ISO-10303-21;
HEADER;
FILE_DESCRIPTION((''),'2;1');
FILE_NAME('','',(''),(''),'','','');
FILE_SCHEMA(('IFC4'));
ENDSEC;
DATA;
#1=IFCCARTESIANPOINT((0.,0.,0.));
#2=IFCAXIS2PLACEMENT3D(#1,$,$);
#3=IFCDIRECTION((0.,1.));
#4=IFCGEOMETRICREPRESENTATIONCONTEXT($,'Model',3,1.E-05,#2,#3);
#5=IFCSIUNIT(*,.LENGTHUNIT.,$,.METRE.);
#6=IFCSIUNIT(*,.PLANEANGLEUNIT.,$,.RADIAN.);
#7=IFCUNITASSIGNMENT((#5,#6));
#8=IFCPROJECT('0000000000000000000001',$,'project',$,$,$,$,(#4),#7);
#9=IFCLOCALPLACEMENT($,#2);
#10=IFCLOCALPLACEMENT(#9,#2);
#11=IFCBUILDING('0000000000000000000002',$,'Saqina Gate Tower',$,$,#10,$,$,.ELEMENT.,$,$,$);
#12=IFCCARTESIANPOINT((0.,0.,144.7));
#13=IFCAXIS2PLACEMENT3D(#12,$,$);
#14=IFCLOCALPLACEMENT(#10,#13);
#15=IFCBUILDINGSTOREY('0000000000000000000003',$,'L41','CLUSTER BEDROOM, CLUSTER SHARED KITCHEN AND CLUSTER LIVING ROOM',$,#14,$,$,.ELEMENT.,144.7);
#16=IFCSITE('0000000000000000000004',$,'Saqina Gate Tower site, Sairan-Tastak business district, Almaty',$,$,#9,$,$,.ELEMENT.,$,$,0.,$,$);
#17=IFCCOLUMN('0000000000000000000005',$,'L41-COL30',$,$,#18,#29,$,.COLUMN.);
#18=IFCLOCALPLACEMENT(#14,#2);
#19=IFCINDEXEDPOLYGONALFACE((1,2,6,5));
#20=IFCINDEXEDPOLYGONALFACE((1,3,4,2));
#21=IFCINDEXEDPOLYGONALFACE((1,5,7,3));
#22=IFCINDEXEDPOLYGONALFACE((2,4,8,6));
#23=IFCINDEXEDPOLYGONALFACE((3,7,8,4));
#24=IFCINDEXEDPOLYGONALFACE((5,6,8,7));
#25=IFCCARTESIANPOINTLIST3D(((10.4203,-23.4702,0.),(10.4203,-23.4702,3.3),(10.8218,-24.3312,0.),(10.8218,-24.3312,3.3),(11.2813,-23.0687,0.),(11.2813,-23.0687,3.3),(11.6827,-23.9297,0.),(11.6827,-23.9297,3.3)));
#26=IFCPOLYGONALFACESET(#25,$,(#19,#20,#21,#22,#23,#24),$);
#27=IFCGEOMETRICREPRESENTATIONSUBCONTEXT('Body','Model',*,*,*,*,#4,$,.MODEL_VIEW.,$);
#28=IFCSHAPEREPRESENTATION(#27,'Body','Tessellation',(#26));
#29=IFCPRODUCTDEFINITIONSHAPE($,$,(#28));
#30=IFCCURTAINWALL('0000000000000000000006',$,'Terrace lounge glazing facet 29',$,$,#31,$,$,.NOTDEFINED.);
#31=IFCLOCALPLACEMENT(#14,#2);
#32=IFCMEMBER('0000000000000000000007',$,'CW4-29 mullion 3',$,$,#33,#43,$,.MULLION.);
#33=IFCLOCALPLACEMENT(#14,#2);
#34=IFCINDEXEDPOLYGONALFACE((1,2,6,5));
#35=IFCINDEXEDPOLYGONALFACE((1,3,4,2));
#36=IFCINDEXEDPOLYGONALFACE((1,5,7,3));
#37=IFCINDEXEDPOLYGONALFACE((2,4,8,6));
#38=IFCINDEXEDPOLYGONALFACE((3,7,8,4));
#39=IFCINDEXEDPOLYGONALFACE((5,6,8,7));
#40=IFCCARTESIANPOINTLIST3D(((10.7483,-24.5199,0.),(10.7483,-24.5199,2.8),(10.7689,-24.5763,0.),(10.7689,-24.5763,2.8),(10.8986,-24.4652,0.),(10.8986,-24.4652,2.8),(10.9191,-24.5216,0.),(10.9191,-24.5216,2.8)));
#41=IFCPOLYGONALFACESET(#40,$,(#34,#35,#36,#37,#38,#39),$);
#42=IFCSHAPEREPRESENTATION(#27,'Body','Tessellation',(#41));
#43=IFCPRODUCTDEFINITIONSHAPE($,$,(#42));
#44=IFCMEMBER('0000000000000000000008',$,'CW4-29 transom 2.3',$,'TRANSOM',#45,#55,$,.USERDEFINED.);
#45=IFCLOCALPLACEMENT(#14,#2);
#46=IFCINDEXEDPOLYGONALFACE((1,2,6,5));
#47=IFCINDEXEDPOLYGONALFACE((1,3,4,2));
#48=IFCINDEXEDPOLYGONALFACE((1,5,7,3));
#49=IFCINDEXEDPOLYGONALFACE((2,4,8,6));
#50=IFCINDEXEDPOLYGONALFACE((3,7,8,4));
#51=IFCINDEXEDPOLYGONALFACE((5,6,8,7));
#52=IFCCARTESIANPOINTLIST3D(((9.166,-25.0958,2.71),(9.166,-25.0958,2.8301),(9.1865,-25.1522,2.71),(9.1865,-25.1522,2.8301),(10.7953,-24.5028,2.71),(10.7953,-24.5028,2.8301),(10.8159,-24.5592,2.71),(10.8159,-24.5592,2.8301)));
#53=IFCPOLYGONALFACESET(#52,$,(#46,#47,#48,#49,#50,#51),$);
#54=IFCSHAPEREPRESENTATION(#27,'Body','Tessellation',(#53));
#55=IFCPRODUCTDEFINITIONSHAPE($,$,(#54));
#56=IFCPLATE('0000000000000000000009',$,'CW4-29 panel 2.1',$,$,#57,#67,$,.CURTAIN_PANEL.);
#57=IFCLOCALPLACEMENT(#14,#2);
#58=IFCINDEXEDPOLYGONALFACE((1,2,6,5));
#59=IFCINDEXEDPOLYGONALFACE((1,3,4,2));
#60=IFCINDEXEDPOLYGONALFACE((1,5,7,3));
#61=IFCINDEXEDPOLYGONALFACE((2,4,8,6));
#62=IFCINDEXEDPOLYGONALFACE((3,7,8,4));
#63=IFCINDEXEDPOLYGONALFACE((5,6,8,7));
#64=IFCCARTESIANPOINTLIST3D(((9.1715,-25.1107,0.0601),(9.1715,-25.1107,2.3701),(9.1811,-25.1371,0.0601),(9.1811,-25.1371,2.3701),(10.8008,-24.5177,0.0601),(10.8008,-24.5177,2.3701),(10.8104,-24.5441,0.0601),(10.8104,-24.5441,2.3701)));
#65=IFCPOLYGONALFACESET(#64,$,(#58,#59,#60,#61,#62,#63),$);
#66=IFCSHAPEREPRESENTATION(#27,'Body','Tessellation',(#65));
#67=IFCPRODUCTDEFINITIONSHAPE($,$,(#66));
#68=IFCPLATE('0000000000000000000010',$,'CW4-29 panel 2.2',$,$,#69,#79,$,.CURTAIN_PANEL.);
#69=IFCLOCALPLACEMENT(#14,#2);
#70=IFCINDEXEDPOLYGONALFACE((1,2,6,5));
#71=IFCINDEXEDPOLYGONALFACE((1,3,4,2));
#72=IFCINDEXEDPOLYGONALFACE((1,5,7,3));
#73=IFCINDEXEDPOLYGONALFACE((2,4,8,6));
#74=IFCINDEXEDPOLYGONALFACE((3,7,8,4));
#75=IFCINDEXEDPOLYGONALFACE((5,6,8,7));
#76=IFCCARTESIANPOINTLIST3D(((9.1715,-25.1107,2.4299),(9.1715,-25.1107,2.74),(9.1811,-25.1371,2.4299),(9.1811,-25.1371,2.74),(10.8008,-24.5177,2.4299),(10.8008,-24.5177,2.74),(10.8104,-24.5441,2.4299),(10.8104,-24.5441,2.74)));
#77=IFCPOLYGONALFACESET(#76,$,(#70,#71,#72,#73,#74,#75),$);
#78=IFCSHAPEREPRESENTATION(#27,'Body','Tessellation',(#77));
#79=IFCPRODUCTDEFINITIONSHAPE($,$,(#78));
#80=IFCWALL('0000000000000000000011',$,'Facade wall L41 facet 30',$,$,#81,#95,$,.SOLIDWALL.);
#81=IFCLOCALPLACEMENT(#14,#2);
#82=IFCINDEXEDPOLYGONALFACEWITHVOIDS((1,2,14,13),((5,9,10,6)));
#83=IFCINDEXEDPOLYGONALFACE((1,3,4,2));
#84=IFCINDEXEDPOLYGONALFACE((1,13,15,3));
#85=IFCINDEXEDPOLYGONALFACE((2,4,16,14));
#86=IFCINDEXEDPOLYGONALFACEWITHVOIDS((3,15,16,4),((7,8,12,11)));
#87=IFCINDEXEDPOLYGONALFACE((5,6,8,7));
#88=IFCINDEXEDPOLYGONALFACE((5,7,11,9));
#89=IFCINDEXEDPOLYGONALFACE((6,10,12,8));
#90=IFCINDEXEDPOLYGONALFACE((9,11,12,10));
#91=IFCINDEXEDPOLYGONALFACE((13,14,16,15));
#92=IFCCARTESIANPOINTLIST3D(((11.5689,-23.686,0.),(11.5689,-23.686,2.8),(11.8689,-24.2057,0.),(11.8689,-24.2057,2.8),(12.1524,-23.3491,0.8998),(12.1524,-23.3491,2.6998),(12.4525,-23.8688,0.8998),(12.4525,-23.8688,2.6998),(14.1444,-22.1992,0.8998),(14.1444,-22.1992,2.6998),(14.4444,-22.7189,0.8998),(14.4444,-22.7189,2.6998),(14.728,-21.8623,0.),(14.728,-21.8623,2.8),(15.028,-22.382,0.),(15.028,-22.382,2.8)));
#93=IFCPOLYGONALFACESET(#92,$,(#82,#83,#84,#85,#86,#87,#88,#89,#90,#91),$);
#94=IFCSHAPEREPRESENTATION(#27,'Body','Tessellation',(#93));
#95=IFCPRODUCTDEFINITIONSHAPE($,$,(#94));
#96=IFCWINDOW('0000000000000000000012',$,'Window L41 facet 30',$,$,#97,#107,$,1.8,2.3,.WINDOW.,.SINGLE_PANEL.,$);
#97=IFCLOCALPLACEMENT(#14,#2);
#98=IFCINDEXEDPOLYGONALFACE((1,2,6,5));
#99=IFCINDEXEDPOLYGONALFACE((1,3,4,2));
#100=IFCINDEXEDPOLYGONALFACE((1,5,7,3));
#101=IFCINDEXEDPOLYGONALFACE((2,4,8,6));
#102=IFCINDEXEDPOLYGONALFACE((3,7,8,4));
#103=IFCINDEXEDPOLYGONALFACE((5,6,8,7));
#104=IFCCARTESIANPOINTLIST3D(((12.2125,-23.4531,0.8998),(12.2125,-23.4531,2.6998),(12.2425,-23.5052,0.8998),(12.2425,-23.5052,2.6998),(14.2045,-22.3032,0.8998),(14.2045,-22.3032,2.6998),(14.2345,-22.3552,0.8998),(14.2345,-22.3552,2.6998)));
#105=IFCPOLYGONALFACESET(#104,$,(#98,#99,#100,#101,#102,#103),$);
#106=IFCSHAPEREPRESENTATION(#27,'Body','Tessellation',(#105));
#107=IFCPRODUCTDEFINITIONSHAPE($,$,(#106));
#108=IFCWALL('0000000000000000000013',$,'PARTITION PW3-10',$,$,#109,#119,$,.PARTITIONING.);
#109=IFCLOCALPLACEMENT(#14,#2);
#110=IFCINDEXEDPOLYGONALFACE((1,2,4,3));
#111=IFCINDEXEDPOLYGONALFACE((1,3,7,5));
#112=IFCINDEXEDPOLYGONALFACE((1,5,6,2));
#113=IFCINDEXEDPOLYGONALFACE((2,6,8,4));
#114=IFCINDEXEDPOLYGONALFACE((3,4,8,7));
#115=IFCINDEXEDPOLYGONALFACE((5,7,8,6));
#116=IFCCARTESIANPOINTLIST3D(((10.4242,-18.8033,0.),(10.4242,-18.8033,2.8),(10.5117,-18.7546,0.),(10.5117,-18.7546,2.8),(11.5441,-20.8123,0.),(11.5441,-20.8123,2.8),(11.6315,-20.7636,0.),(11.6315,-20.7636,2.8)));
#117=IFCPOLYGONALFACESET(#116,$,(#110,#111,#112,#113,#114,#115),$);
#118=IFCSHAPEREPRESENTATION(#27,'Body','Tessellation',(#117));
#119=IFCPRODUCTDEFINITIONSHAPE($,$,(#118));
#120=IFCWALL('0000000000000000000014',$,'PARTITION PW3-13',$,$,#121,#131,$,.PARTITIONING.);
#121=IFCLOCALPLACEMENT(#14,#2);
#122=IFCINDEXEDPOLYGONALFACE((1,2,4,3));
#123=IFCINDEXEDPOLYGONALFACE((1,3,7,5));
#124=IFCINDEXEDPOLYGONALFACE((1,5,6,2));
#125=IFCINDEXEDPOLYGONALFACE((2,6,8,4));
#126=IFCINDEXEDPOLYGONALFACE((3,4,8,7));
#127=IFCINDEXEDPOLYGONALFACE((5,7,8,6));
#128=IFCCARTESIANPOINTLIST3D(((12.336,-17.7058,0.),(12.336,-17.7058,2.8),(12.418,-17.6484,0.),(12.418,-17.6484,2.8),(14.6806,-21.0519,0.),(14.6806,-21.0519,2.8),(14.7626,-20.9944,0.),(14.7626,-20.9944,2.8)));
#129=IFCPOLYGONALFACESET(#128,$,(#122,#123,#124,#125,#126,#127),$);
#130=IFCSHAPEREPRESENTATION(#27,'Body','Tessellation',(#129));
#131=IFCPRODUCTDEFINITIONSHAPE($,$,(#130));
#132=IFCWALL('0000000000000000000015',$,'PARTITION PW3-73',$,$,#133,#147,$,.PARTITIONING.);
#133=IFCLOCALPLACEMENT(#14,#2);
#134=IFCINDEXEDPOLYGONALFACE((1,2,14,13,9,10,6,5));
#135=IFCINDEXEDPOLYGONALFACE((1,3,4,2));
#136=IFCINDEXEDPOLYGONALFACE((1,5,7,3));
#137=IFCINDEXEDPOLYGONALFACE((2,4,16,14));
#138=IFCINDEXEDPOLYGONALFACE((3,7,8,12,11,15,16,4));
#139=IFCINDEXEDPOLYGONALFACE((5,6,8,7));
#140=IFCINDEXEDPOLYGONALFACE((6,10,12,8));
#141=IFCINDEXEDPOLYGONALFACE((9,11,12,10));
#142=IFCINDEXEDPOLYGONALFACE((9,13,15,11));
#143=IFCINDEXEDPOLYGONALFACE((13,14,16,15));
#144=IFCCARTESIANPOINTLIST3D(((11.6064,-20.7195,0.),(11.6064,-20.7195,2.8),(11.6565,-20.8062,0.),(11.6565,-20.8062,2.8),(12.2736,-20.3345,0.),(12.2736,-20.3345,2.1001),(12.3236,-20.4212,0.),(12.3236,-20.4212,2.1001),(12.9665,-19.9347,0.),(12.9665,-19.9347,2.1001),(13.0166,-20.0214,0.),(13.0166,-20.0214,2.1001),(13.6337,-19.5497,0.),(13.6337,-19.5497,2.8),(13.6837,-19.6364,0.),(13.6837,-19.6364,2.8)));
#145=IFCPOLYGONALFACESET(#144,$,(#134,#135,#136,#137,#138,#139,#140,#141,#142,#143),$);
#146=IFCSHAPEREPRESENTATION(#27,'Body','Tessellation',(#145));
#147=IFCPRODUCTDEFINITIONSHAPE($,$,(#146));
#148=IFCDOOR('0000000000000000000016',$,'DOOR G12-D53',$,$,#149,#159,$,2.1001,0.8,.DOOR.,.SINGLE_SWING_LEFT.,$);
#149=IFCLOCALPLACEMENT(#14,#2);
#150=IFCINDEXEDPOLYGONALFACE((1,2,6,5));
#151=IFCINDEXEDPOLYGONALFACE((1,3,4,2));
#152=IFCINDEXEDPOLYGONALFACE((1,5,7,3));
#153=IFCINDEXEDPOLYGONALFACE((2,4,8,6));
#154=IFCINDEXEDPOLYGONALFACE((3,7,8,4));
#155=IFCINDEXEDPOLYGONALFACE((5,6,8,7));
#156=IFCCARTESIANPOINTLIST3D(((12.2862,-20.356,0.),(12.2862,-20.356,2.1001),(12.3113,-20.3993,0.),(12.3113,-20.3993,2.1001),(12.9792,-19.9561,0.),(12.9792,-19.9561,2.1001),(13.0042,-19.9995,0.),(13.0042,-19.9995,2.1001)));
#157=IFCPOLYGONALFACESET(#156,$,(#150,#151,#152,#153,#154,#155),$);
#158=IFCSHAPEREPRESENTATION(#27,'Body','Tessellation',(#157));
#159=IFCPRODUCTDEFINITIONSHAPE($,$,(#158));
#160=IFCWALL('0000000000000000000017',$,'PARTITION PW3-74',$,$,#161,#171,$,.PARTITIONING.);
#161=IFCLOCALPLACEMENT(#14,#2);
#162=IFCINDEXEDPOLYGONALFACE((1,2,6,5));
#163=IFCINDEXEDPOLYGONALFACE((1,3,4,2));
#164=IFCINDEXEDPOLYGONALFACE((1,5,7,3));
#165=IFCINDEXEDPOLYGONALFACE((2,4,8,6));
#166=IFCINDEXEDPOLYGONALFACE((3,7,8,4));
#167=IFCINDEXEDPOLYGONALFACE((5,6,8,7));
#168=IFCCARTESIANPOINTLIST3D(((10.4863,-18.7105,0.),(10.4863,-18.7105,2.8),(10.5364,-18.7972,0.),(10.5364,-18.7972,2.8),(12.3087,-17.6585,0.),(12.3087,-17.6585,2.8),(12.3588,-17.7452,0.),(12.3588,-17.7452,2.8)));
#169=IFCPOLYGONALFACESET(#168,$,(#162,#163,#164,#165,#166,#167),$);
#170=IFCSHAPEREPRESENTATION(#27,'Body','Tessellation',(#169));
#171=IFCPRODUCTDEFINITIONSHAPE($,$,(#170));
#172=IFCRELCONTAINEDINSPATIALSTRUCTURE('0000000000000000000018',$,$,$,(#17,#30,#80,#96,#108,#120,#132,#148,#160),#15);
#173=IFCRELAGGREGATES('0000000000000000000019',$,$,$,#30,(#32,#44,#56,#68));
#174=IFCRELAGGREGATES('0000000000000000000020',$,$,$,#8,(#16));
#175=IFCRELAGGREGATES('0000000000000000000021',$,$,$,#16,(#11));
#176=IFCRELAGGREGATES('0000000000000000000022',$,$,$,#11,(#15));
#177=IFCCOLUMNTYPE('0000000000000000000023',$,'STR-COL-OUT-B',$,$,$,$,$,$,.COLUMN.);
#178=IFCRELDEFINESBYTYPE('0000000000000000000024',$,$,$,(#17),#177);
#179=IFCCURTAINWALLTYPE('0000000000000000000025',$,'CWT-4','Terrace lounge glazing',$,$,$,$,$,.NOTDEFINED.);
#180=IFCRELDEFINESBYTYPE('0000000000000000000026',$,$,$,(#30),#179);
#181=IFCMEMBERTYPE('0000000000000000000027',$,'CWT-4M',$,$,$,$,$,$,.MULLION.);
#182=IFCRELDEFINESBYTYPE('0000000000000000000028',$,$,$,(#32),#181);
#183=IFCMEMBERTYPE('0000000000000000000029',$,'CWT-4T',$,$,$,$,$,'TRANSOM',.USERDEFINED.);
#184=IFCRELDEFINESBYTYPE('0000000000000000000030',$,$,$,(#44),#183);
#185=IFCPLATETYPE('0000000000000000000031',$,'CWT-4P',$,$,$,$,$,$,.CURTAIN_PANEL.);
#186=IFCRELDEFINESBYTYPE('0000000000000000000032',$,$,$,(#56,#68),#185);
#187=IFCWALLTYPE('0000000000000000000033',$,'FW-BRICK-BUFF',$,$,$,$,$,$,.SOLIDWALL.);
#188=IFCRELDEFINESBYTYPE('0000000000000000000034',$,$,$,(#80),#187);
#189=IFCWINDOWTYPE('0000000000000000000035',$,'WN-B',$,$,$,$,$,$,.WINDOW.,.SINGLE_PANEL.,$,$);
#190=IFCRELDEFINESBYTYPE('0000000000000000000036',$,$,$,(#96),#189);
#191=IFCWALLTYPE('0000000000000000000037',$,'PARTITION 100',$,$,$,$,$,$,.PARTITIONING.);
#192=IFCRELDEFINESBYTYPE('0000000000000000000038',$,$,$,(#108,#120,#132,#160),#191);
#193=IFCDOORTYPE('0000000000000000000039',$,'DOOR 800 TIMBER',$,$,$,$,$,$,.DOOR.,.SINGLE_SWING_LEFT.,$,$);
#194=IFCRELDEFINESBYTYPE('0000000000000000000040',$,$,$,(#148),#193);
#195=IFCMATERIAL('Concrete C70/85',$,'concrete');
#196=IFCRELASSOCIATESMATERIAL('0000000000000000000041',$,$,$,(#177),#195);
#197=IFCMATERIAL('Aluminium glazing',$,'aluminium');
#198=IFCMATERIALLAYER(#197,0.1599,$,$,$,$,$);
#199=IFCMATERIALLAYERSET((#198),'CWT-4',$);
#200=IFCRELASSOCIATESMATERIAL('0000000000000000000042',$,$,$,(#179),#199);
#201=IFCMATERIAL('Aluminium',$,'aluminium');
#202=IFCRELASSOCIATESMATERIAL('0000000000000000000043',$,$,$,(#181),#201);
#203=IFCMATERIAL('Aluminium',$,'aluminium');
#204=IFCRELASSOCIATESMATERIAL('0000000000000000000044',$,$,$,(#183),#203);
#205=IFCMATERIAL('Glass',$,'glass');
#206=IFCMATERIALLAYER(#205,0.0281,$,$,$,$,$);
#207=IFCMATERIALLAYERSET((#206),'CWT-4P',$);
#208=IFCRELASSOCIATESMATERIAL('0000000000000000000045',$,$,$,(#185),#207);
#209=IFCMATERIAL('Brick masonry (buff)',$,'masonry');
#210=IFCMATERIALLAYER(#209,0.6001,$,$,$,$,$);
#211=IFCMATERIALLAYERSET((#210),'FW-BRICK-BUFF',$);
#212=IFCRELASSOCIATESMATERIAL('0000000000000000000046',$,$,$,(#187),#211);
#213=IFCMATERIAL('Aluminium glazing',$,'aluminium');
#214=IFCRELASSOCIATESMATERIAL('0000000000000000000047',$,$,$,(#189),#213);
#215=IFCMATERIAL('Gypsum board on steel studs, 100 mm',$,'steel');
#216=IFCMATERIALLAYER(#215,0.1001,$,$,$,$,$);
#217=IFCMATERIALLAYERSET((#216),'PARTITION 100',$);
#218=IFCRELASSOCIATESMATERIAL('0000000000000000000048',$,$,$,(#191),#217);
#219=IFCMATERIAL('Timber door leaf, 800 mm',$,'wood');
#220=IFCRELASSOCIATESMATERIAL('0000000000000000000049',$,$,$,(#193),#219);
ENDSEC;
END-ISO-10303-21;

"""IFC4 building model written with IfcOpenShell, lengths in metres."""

from ifc_helpers import new_model, si_unit, direction, frame, frame_2d, origin, origin_2d, place, context, subcontext, project, spatial, rectangle, extrude, material, layer, layer_set, material_profile, profile_set, type_object, element, fill, aggregate, save


model = new_model("IFC4")

# Units and contexts
model_context = context("Model", 3, precision=1e-05, world=origin(), true_north=direction((0.0, 1.0)))
body_context = subcontext(model_context, "Body", "Model", "MODEL_VIEW")
ifc_project = project(units=[si_unit("LENGTHUNIT", "METRE"), si_unit("PLANEANGLEUNIT", "RADIAN")], contexts=[model_context])

# Site, building, storey
site_placement = place(None, origin())
site = spatial("IfcSite", under=ifc_project, at=site_placement, Name="Saqina Gate Tower site, Sairan-Tastak business district, Almaty", CompositionType="ELEMENT", RefElevation=0.0)
building_placement = place(site_placement, origin())
building = spatial("IfcBuilding", under=site, at=building_placement, Name="Saqina Gate Tower", CompositionType="ELEMENT")
storey_placement = place(building_placement, frame((0.0, 0.0, 144.7)))
storey = spatial("IfcBuildingStorey", under=building, at=storey_placement, Name="L41", Description="CLUSTER BEDROOM, CLUSTER SHARED KITCHEN AND CLUSTER LIVING ROOM", CompositionType="ELEMENT", Elevation=144.7)

# Column
ifc_material_1 = material(Name="Concrete C70/85", Category="concrete")
ifc_material_profile_1 = material_profile(ifc_material_1, rectangle(XDim=0.95, YDim=0.95, at=origin_2d()), Name="RC 950x950")
ifc_profile_set_1 = profile_set([ifc_material_profile_1], Name="Concrete C70/85")
column_type = type_object("IfcColumnType", Name="STR-COL-OUT-B", PredefinedType="COLUMN", material=ifc_profile_set_1)
column_placement = place(storey_placement, frame((11.0515, -23.7, 0.0), z_axis=(0.0, 0.0, 1.0), x_axis=(0.422618, -0.906308, 0.0)))
element("IfcColumn", 1, at=column_placement, inside=storey, type_object=column_type, Name="L41-COL30", PredefinedType="COLUMN", context=body_context, shape_type="SweptSolid", body=[
    extrude(rectangle(XDim=0.95, YDim=0.95, at=origin_2d()), origin(), (0.0, 0.0, 1.0), 3.3),
])

# Curtain wall, members, plates
ifc_material_2 = material(Name="Aluminium glazing", Category="aluminium")
ifc_layer_1 = layer(ifc_material_2, 0.1599)
ifc_layer_set_1 = layer_set([ifc_layer_1], Name="CWT-4")
curtain_wall_type = type_object("IfcCurtainWallType", Name="CWT-4", Description="Terrace lounge glazing", PredefinedType="NOTDEFINED", material=ifc_layer_set_1)
curtain_wall_placement = place(storey_placement, origin())
curtain_wall = element("IfcCurtainWall", 2, at=curtain_wall_placement, inside=storey, type_object=curtain_wall_type, Name="Terrace lounge glazing facet 29", PredefinedType="NOTDEFINED")
ifc_material_3 = material(Name="Aluminium", Category="aluminium")
ifc_material_profile_2 = material_profile(ifc_material_3, rectangle(XDim=0.0601, YDim=0.1599, at=origin_2d()), Name="Aluminium 60x160")
ifc_profile_set_2 = profile_set([ifc_material_profile_2], Name="Aluminium")
member_type_1 = type_object("IfcMemberType", Name="CWT-4M", PredefinedType="MULLION", material=ifc_profile_set_2)
member_1_placement = place(storey_placement, frame((10.8337, -24.5208, 0.0), z_axis=(0.0, 0.0, 1.0), x_axis=(-0.342016, 0.939694, 0.0)))
member_1 = element("IfcMember", 3, at=member_1_placement, type_object=member_type_1, Name="CW4-29 mullion 3", PredefinedType="MULLION", context=body_context, shape_type="SweptSolid", body=[
    extrude(rectangle(XDim=0.0601, YDim=0.1599, at=origin_2d()), origin(), (0.0, 0.0, 1.0), 2.8),
])
ifc_material_4 = material(Name="Aluminium", Category="aluminium")
ifc_material_profile_3 = material_profile(ifc_material_4, rectangle(XDim=0.0601, YDim=0.1201, at=origin_2d()), Name="Aluminium 60x120")
ifc_profile_set_3 = profile_set([ifc_material_profile_3], Name="Aluminium")
member_type_2 = type_object("IfcMemberType", Name="CWT-4T", ElementType="TRANSOM", PredefinedType="USERDEFINED", material=ifc_profile_set_3)
member_2_placement = place(storey_placement, frame((9.1763, -25.124, 2.77), z_axis=(0.939699, 0.342003, 0.0), x_axis=(-0.342003, 0.939699, 0.0)))
member_2 = element("IfcMember", 4, at=member_2_placement, type_object=member_type_2, Name="CW4-29 transom 2.3", ObjectType="TRANSOM", PredefinedType="USERDEFINED", context=body_context, shape_type="SweptSolid", body=[
    extrude(rectangle(XDim=0.0601, YDim=0.1201, at=origin_2d()), origin(), (0.0, 0.0, 1.0), 1.7339),
])
ifc_material_5 = material(Name="Glass", Category="glass")
ifc_layer_2 = layer(ifc_material_5, 0.0281)
ifc_layer_set_2 = layer_set([ifc_layer_2], Name="CWT-4P")
plate_type = type_object("IfcPlateType", Name="CWT-4P", PredefinedType="CURTAIN_PANEL", material=ifc_layer_set_2)
plate_1_placement = place(storey_placement, frame((9.991, -24.8274, 0.0601), z_axis=(0.0, 0.0, 1.0), x_axis=(0.939694, 0.342016, 0.0)))
plate_1 = element("IfcPlate", 5, at=plate_1_placement, type_object=plate_type, Name="CW4-29 panel 2.1", PredefinedType="CURTAIN_PANEL", context=body_context, shape_type="SweptSolid", body=[
    extrude(rectangle(XDim=1.7339, YDim=0.0281, at=origin_2d()), origin(), (0.0, 0.0, 1.0), 2.3101),
])
plate_2_placement = place(storey_placement, frame((9.991, -24.8274, 2.4299), z_axis=(0.0, 0.0, 1.0), x_axis=(0.939694, 0.342016, 0.0)))
plate_2 = element("IfcPlate", 6, at=plate_2_placement, type_object=plate_type, Name="CW4-29 panel 2.2", PredefinedType="CURTAIN_PANEL", context=body_context, shape_type="SweptSolid", body=[
    extrude(rectangle(XDim=1.7339, YDim=0.0281, at=origin_2d()), origin(), (0.0, 0.0, 1.0), 0.3101),
])
aggregate(curtain_wall, [member_1, member_2, plate_1, plate_2])

# Wall, opening, window
ifc_material_6 = material(Name="Brick masonry (buff)", Category="masonry")
ifc_layer_3 = layer(ifc_material_6, 0.6001)
ifc_layer_set_3 = layer_set([ifc_layer_3], Name="FW-BRICK-BUFF")
wall_type_1 = type_object("IfcWallType", Name="FW-BRICK-BUFF", PredefinedType="SOLIDWALL", material=ifc_layer_set_3)
wall_1_placement = place(storey_placement, frame((11.719, -23.9458, 0.0), z_axis=(0.0, 0.0, 1.0), x_axis=(0.866052, 0.499954, 0.0)))
wall_1 = element("IfcWall", 7, at=wall_1_placement, inside=storey, type_object=wall_type_1, Name="Facade wall L41 facet 30", PredefinedType="SOLIDWALL", context=body_context, shape_type="SweptSolid", body=[
    extrude(rectangle(XDim=3.6477, YDim=0.6001, at=frame_2d((1.8237, 0.0))), origin(), (0.0, 0.0, 1.0), 2.8),
])
opening_1_placement = place(wall_1_placement, frame((0.6738, 0.0, 0.8999)))
opening_1 = element("IfcOpeningElement", 8, at=opening_1_placement, cuts=wall_1, PredefinedType="OPENING", context=body_context, shape_type="SweptSolid", body=[
    extrude(rectangle(XDim=2.3, YDim=1.8, at=frame_2d((1.1499, 0.8999))), frame((0.0, 0.312, 0.0), z_axis=(0.0, -1.0, 0.0), x_axis=(1.0, 0.0, 0.0)), (0.0, 0.0, 1.0), 0.624),
])
ifc_material_7 = material(Name="Aluminium glazing", Category="aluminium")
window_type = type_object("IfcWindowType", Name="WN-B", PartitioningType="SINGLE_PANEL", PredefinedType="WINDOW", material=ifc_material_7)
window_placement = place(opening_1_placement, origin())
window = element("IfcWindow", 9, at=window_placement, inside=storey, type_object=window_type, Name="Window L41 facet 30", OverallHeight=1.8, OverallWidth=2.3, PartitioningType="SINGLE_PANEL", PredefinedType="WINDOW", context=body_context, shape_type="SweptSolid", body=[
    extrude(rectangle(XDim=2.3, YDim=1.8, at=frame_2d((1.1499, 0.8999))), frame((0.0, 0.1799, 0.0), z_axis=(0.0, -1.0, 0.0), x_axis=(1.0, 0.0, 0.0)), (0.0, 0.0, 1.0), 0.0601),
])
fill(opening_1, window)

# Walls
ifc_material_8 = material(Name="Gypsum board on steel studs, 100 mm", Category="steel")
ifc_layer_4 = layer(ifc_material_8, 0.1001)
ifc_layer_set_4 = layer_set([ifc_layer_4], Name="PARTITION 100")
wall_type_2 = type_object("IfcWallType", Name="PARTITION 100", PredefinedType="PARTITIONING", material=ifc_layer_set_4)
wall_2_placement = place(storey_placement, frame((10.468, -18.7791, 0.0), z_axis=(0.0, 0.0, 1.0), x_axis=(0.486886, -0.873465, 0.0)))
element("IfcWall", 10, at=wall_2_placement, inside=storey, type_object=wall_type_2, Name="PARTITION PW3-10", PredefinedType="PARTITIONING", context=body_context, shape_type="SweptSolid", body=[
    extrude(rectangle(XDim=2.3, YDim=0.1001, at=frame_2d((1.1499, 0.0))), origin(), (0.0, 0.0, 1.0), 2.8),
])
wall_3_placement = place(storey_placement, frame((12.377, -17.677, 0.0), z_axis=(0.0, 0.0, 1.0), x_axis=(0.573843, -0.818965, 0.0)))
element("IfcWall", 11, at=wall_3_placement, inside=storey, type_object=wall_type_2, Name="PARTITION PW3-13", PredefinedType="PARTITIONING", context=body_context, shape_type="SweptSolid", body=[
    extrude(rectangle(XDim=4.0857, YDim=0.1001, at=frame_2d((2.043, 0.0))), origin(), (0.0, 0.0, 1.0), 2.8),
])

# Wall, opening, door
wall_4_placement = place(storey_placement, frame((11.6313, -20.7629, 0.0), z_axis=(0.0, 0.0, 1.0), x_axis=(0.86613, 0.499819, 0.0)))
wall_4 = element("IfcWall", 12, at=wall_4_placement, inside=storey, type_object=wall_type_2, Name="PARTITION PW3-73", PredefinedType="PARTITIONING", context=body_context, shape_type="SweptSolid", body=[
    extrude(rectangle(XDim=2.3406, YDim=0.1001, at=frame_2d((1.1704, 0.0))), origin(), (0.0, 0.0, 1.0), 2.8),
])
opening_2_placement = place(wall_4_placement, frame((0.7705, 0.0, 0.0)))
opening_2 = element("IfcOpeningElement", 13, at=opening_2_placement, cuts=wall_4, PredefinedType="OPENING", context=body_context, shape_type="SweptSolid", body=[
    extrude(rectangle(XDim=0.8, YDim=2.1001, at=frame_2d((0.3999, 1.05))), frame((0.0, 0.062, 0.0), z_axis=(0.0, -1.0, 0.0), x_axis=(1.0, 0.0, 0.0)), (0.0, 0.0, 1.0), 0.124),
])
ifc_material_9 = material(Name="Timber door leaf, 800 mm", Category="wood")
door_type = type_object("IfcDoorType", Name="DOOR 800 TIMBER", OperationType="SINGLE_SWING_LEFT", PredefinedType="DOOR", material=ifc_material_9)
door_1_placement = place(opening_2_placement, frame((0.8, 0.0, 0.0), z_axis=(0.0, 0.0, 1.0), x_axis=(-1.0, 0.0, 0.0)))
door_1 = element("IfcDoor", 14, at=door_1_placement, inside=storey, type_object=door_type, Name="DOOR G12-D53", OperationType="SINGLE_SWING_LEFT", OverallHeight=2.1001, OverallWidth=0.8, PredefinedType="DOOR", context=body_context, shape_type="SweptSolid", body=[
    extrude(rectangle(XDim=0.8, YDim=2.1001, at=frame_2d((0.3999, 1.05))), frame((0.0, 0.0249, 0.0), z_axis=(0.0, -1.0, 0.0), x_axis=(1.0, 0.0, 0.0)), (0.0, 0.0, 1.0), 0.05),
])
fill(opening_2, door_1)

# Wall
wall_5_placement = place(storey_placement, frame((10.5112, -18.7539, 0.0), z_axis=(0.0, 0.0, 1.0), x_axis=(0.866072, 0.49992, 0.0)))
element("IfcWall", 15, at=wall_5_placement, inside=storey, type_object=wall_type_2, Name="PARTITION PW3-74", PredefinedType="PARTITIONING", context=body_context, shape_type="SweptSolid", body=[
    extrude(rectangle(XDim=2.1042, YDim=0.1001, at=frame_2d((1.0522, 0.0))), origin(), (0.0, 0.0, 1.0), 2.8),
])

save(model, "model.ifc")
